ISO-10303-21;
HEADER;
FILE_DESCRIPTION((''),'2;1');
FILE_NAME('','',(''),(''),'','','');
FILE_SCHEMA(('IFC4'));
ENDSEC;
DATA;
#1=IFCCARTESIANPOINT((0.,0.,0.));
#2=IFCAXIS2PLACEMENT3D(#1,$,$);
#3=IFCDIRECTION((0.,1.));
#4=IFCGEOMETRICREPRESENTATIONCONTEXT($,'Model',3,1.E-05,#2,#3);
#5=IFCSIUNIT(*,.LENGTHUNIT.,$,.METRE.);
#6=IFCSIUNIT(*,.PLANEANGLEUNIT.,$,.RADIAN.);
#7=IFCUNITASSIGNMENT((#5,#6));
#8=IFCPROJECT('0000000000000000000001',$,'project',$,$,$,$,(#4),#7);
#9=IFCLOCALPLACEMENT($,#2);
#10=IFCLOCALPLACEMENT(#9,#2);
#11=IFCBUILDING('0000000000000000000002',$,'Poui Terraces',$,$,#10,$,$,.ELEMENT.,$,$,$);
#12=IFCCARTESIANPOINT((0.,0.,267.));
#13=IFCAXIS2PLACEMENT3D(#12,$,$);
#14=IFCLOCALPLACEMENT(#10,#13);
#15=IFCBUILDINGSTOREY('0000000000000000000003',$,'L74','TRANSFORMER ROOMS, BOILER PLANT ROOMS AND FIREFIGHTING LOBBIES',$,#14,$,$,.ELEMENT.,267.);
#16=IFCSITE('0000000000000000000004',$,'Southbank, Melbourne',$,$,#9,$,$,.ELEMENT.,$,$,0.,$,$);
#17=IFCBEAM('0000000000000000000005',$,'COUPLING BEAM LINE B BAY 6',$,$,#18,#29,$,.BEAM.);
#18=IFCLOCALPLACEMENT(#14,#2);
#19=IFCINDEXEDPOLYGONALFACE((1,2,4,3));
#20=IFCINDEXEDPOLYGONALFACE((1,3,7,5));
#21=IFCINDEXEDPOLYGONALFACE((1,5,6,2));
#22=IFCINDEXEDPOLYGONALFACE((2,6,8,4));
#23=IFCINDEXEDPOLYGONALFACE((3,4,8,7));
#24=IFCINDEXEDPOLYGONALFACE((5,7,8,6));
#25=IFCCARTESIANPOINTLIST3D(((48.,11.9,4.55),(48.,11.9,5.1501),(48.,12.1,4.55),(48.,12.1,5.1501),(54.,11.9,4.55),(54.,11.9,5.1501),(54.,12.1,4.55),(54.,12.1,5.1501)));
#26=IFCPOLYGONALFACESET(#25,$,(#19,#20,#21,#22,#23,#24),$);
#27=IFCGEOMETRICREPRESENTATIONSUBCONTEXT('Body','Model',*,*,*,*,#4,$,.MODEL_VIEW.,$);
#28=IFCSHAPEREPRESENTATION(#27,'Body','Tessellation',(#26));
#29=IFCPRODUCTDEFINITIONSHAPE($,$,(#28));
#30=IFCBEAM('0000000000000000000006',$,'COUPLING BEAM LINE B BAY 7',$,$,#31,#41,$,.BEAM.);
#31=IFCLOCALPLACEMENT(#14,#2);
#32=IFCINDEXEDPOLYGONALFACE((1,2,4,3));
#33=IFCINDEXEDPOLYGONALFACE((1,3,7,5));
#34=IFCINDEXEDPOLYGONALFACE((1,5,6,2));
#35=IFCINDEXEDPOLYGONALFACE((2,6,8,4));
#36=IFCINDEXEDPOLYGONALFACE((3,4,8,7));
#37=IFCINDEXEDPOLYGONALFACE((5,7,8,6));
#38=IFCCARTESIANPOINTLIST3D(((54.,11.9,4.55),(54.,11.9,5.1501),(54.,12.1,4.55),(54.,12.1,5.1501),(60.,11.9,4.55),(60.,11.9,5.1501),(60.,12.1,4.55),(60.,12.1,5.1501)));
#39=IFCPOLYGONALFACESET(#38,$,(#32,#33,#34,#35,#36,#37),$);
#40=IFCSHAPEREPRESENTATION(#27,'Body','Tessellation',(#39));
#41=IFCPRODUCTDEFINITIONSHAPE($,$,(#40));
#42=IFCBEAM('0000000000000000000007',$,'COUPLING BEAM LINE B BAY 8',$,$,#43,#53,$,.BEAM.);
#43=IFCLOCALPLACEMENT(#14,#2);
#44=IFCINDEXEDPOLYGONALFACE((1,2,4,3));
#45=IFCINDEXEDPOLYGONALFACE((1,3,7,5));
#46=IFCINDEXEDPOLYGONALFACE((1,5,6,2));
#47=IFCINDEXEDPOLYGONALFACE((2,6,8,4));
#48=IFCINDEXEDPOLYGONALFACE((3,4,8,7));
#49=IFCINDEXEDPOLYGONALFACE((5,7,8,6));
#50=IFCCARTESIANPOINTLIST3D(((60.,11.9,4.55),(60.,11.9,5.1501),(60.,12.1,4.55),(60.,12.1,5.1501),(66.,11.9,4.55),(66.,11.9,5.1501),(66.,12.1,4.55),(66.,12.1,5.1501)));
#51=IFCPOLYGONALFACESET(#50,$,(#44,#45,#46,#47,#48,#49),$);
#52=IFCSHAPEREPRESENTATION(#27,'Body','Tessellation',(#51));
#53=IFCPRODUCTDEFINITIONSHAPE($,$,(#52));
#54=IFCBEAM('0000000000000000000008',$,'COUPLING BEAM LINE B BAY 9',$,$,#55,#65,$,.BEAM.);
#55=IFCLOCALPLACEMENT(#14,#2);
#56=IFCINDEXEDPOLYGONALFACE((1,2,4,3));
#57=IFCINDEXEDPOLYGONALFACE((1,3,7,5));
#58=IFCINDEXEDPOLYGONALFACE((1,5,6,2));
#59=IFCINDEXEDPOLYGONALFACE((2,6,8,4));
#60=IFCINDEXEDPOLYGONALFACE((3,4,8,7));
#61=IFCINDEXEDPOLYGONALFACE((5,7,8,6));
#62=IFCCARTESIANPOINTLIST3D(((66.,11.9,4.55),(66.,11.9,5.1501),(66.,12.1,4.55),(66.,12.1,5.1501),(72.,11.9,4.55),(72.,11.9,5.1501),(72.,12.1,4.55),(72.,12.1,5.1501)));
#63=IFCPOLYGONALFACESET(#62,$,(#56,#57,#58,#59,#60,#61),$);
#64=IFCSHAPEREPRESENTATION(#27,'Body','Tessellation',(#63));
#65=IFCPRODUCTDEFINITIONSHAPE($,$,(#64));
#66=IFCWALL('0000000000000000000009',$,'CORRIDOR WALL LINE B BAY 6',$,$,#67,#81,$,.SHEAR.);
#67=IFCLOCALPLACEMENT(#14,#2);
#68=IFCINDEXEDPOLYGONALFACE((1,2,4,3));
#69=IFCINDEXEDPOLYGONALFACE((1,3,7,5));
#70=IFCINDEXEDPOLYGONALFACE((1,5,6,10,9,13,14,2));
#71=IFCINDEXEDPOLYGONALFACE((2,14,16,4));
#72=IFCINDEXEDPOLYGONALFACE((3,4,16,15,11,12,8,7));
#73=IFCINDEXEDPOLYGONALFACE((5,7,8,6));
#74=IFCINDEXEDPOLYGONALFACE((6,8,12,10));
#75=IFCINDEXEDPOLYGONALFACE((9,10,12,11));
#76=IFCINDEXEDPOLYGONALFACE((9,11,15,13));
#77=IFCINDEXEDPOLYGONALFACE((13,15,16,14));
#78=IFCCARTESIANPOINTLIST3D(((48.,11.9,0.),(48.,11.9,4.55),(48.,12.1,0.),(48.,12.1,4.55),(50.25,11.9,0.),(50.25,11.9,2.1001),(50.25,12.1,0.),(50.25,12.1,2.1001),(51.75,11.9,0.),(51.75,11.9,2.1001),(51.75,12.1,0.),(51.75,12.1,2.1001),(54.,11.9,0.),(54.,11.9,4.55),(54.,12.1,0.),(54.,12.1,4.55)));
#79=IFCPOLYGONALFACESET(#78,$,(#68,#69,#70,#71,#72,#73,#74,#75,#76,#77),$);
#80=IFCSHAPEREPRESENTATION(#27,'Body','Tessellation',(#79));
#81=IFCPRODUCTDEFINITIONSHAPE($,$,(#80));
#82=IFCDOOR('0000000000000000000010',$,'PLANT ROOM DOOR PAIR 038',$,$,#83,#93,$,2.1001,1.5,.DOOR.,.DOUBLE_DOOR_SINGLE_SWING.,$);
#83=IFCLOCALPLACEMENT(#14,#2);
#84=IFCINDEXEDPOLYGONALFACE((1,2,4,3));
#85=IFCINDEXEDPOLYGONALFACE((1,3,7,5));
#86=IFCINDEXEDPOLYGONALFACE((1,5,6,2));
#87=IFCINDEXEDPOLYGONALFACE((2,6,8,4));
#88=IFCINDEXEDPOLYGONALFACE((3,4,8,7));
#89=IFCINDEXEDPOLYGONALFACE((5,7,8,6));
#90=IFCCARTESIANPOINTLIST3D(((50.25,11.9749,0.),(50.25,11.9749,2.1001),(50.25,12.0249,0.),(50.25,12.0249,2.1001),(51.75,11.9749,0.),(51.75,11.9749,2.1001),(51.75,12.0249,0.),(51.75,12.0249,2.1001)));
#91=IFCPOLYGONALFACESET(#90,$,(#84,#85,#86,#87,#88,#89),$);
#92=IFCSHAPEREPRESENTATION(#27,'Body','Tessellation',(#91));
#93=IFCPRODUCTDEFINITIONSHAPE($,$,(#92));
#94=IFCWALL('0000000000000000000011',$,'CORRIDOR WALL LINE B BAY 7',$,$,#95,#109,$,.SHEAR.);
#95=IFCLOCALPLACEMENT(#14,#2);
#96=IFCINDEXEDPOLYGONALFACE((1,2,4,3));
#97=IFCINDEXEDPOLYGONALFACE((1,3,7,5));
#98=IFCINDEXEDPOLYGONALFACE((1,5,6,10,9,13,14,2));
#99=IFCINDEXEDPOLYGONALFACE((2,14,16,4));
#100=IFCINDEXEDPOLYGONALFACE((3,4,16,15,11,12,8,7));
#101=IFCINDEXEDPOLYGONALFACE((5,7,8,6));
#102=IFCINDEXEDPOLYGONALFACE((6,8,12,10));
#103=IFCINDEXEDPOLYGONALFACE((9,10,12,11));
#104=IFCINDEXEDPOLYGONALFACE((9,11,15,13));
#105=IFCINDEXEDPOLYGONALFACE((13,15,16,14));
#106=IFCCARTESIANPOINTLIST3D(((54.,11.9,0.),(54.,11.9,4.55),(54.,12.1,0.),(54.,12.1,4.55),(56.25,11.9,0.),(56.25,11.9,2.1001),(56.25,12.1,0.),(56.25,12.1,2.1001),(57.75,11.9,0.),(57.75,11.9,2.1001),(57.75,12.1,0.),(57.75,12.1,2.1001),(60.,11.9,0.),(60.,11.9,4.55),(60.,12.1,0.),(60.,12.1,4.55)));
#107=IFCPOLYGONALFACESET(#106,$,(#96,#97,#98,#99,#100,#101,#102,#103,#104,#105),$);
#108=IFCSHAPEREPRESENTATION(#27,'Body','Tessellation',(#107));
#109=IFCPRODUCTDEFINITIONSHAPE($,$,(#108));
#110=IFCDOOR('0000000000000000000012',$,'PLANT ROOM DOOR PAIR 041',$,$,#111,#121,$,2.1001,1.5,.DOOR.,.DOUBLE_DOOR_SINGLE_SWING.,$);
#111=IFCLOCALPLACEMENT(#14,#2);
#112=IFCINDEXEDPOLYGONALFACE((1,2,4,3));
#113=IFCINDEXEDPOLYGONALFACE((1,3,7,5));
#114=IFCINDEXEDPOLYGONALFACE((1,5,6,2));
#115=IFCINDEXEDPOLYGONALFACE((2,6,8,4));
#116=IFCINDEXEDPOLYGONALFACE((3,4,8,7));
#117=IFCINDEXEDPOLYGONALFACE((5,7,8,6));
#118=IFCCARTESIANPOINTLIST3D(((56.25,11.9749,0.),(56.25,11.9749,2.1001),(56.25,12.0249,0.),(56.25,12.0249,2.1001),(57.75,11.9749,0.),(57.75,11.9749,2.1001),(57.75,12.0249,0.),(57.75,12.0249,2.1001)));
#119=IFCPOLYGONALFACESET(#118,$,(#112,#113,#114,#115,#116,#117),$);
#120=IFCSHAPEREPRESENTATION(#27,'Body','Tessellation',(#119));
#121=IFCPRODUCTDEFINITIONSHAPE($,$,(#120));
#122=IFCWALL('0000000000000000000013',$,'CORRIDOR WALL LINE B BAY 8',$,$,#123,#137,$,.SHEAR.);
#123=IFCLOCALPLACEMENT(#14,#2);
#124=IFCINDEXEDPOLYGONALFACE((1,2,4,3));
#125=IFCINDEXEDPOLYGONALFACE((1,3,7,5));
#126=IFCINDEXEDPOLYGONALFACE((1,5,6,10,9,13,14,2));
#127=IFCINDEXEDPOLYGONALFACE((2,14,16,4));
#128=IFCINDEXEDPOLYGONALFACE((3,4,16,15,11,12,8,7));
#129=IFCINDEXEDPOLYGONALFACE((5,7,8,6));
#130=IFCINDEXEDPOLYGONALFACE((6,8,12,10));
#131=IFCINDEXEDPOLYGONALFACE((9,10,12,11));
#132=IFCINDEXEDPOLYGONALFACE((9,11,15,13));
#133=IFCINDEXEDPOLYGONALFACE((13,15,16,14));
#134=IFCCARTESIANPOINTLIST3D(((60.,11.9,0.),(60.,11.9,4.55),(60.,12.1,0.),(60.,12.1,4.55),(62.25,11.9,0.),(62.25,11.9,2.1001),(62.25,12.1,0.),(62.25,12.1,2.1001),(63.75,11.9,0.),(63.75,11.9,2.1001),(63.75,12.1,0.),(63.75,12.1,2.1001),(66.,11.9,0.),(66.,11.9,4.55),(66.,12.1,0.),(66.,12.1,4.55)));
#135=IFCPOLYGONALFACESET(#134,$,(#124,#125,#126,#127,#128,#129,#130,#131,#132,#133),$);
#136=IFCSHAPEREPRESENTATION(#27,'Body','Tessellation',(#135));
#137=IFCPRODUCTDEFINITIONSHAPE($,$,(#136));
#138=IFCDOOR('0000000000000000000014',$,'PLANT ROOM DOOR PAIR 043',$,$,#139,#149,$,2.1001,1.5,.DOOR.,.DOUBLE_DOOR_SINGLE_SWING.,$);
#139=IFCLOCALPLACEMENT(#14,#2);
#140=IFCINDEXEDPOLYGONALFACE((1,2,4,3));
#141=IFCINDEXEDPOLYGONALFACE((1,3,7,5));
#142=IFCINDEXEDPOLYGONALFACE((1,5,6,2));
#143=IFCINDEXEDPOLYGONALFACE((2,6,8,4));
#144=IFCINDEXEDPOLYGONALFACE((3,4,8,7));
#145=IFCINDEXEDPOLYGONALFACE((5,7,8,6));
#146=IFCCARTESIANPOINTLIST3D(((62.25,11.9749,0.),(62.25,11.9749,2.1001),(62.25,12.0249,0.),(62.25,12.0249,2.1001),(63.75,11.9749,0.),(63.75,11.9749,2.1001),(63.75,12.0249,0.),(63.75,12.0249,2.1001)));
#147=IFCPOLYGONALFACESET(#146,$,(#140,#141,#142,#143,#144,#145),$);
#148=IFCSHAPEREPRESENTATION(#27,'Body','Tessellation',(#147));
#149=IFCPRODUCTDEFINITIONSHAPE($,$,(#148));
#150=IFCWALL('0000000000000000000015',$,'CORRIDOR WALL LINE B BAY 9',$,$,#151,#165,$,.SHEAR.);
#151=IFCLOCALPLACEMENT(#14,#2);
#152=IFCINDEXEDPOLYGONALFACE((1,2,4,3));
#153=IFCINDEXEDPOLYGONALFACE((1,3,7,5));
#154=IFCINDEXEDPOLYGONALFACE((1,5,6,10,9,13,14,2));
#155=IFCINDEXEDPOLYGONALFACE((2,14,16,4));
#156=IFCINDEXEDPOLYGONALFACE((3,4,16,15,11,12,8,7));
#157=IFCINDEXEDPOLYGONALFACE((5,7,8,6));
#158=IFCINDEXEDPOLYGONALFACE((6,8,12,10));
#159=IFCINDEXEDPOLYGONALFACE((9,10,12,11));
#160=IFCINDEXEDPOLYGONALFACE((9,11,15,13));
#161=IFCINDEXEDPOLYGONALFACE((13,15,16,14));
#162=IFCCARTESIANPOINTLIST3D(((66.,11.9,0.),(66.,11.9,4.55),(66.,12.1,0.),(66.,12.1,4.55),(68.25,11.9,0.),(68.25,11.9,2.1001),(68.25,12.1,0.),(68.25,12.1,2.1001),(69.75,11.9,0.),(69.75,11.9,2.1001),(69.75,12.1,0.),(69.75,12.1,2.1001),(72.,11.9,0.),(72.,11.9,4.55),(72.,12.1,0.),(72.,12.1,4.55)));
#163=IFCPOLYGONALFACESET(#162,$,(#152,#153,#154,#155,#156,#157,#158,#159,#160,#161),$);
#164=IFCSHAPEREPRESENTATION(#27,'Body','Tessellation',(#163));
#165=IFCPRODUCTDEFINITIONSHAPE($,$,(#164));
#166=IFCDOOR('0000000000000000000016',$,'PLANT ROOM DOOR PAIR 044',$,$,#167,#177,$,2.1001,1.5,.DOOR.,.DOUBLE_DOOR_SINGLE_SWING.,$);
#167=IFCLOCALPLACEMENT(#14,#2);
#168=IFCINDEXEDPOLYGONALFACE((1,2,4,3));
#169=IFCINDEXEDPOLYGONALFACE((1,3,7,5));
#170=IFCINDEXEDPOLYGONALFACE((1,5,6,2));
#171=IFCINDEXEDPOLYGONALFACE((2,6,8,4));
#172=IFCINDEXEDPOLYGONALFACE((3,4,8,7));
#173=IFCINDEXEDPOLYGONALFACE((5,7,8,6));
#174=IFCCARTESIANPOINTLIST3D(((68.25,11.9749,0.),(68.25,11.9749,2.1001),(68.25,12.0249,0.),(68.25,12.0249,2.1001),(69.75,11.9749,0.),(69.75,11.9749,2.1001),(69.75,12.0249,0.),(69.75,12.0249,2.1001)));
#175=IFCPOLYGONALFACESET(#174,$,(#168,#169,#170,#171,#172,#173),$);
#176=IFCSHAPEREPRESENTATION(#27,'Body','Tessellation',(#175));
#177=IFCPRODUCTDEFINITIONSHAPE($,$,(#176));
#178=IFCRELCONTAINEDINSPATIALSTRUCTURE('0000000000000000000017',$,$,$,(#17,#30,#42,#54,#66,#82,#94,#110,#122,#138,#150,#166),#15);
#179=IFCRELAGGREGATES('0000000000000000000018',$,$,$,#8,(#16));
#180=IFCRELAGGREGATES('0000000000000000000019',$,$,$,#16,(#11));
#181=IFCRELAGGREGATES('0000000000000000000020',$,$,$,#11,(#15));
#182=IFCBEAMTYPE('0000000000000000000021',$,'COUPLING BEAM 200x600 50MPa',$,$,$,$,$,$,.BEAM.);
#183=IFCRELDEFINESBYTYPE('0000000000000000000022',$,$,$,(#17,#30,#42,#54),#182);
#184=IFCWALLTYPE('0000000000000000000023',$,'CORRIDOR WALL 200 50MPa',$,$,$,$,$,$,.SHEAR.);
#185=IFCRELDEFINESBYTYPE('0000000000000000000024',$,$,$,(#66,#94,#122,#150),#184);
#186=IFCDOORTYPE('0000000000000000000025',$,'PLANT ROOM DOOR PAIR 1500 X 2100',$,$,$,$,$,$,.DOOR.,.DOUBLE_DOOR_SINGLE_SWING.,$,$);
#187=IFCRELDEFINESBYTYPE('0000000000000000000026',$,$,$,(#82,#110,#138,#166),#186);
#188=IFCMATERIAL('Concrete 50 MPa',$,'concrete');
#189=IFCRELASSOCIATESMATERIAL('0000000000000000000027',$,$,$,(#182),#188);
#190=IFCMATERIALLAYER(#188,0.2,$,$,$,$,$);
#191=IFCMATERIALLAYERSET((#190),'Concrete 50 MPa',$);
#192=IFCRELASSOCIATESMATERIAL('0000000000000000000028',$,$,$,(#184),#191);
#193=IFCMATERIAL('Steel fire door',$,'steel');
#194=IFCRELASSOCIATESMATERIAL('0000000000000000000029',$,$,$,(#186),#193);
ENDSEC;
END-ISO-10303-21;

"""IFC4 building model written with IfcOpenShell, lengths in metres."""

from ifc_helpers import new_model, si_unit, direction, frame, frame_2d, origin, origin_2d, place, context, subcontext, project, spatial, rectangle, extrude, source, transform, mapped, material, layer, layer_set, material_profile, profile_set, type_object, element, fill, save


model = new_model("IFC4")

# Units and contexts
model_context = context("Model", 3, precision=1e-05, world=origin(), true_north=direction((0.0, 1.0)))
body_context = subcontext(model_context, "Body", "Model", "MODEL_VIEW")
ifc_project = project(units=[si_unit("LENGTHUNIT", "METRE"), si_unit("PLANEANGLEUNIT", "RADIAN")], contexts=[model_context])

# Site, building, storey
site_placement = place(None, origin())
site = spatial("IfcSite", under=ifc_project, at=site_placement, Name="Southbank, Melbourne", CompositionType="ELEMENT", RefElevation=0.0)
building_placement = place(site_placement, origin())
building = spatial("IfcBuilding", under=site, at=building_placement, Name="Poui Terraces", CompositionType="ELEMENT")
storey_placement = place(building_placement, frame((0.0, 0.0, 267.0)))
storey = spatial("IfcBuildingStorey", under=building, at=storey_placement, Name="L74", Description="TRANSFORMER ROOMS, BOILER PLANT ROOMS AND FIREFIGHTING LOBBIES", CompositionType="ELEMENT", Elevation=267.0)

# Beams
ifc_material_1 = material(Name="Concrete 50 MPa", Category="concrete")
ifc_material_profile = material_profile(ifc_material_1, rectangle(XDim=0.2, YDim=0.6001, at=origin_2d()), Name="RC 200x600")
ifc_profile_set = profile_set([ifc_material_profile], Name="Concrete 50 MPa")
beam_type = type_object("IfcBeamType", Name="COUPLING BEAM 200x600 50MPa", PredefinedType="BEAM", material=ifc_profile_set)
shared_shape = source(origin(), body_context, "Body", "SweptSolid", [
    extrude(rectangle(XDim=0.2, YDim=0.6001, at=origin_2d()), origin(), (0.0, 0.0, 1.0), 6.0),
])
for number, where, z_axis, x_axis, name in (
    (1, (48.0, 12.0, 4.8501), (1.0, 0.0, 0.0), (0.0, 1.0, 0.0), "COUPLING BEAM LINE B BAY 6"),
    (2, (54.0, 12.0, 4.8501), (1.0, 0.0, 0.0), (0.0, 1.0, 0.0), "COUPLING BEAM LINE B BAY 7"),
    (3, (60.0, 12.0, 4.8501), (1.0, 0.0, 0.0), (0.0, 1.0, 0.0), "COUPLING BEAM LINE B BAY 8"),
    (4, (66.0, 12.0, 4.8501), (1.0, 0.0, 0.0), (0.0, 1.0, 0.0), "COUPLING BEAM LINE B BAY 9"),
):
    element("IfcBeam", number, at=place(storey_placement, frame(where, z_axis=z_axis, x_axis=x_axis)), inside=storey, type_object=beam_type, Name=name, PredefinedType="BEAM", context=body_context, shape_type="MappedRepresentation", body=[
        mapped(shared_shape, transform((0.0, 0.0, 0.0))),
    ])

# Walls, openings, doors
ifc_layer_1 = layer(ifc_material_1, 0.2)
ifc_layer_set_1 = layer_set([ifc_layer_1], Name="Concrete 50 MPa")
wall_type_1 = type_object("IfcWallType", Name="CORRIDOR WALL 200 50MPa", PredefinedType="SHEAR", material=ifc_layer_set_1)
wall_1_placement = place(storey_placement, frame((48.0, 12.0, 0.0), z_axis=(0.0, 0.0, 1.0), x_axis=(1.0, 0.0, 0.0)))
wall_1 = element("IfcWall", 5, at=wall_1_placement, inside=storey, type_object=wall_type_1, Name="CORRIDOR WALL LINE B BAY 6", PredefinedType="SHEAR", context=body_context, shape_type="SweptSolid", body=[
    extrude(rectangle(XDim=6.0, YDim=0.2, at=frame_2d((3.0, 0.0))), origin(), (0.0, 0.0, 1.0), 4.55),
])
opening_1_placement = place(wall_1_placement, frame((2.25, 0.0, 0.0)))
opening_1 = element("IfcOpeningElement", 6, at=opening_1_placement, cuts=wall_1, PredefinedType="OPENING", context=body_context, shape_type="SweptSolid", body=[
    extrude(rectangle(XDim=1.5, YDim=2.1001, at=frame_2d((0.75, 1.05))), frame((0.0, 0.1099, 0.0), z_axis=(0.0, -1.0, 0.0), x_axis=(1.0, 0.0, 0.0)), (0.0, 0.0, 1.0), 0.22),
])
ifc_material_2 = material(Name="Steel fire door", Category="steel")
door_type_1 = type_object("IfcDoorType", Name="PLANT ROOM DOOR PAIR 1500 X 2100", OperationType="DOUBLE_DOOR_SINGLE_SWING", PredefinedType="DOOR", material=ifc_material_2)
door_1_placement = place(opening_1_placement, origin())
door_1 = element("IfcDoor", 7, at=door_1_placement, inside=storey, type_object=door_type_1, Name="PLANT ROOM DOOR PAIR 038", OperationType="DOUBLE_DOOR_SINGLE_SWING", OverallHeight=2.1001, OverallWidth=1.5, PredefinedType="DOOR", context=body_context, shape_type="SweptSolid", body=[
    extrude(rectangle(XDim=1.5, YDim=2.1001, at=frame_2d((0.75, 1.05))), frame((0.0, 0.0249, 0.0), z_axis=(0.0, -1.0, 0.0), x_axis=(1.0, 0.0, 0.0)), (0.0, 0.0, 1.0), 0.05),
])
fill(opening_1, door_1)
wall_2_placement = place(storey_placement, frame((54.0, 12.0, 0.0), z_axis=(0.0, 0.0, 1.0), x_axis=(1.0, 0.0, 0.0)))
wall_2 = element("IfcWall", 8, at=wall_2_placement, inside=storey, type_object=wall_type_1, Name="CORRIDOR WALL LINE B BAY 7", PredefinedType="SHEAR", context=body_context, shape_type="SweptSolid", body=[
    extrude(rectangle(XDim=6.0, YDim=0.2, at=frame_2d((3.0, 0.0))), origin(), (0.0, 0.0, 1.0), 4.55),
])
opening_2_placement = place(wall_2_placement, frame((2.25, 0.0, 0.0)))
opening_2 = element("IfcOpeningElement", 9, at=opening_2_placement, cuts=wall_2, PredefinedType="OPENING", context=body_context, shape_type="SweptSolid", body=[
    extrude(rectangle(XDim=1.5, YDim=2.1001, at=frame_2d((0.75, 1.05))), frame((0.0, 0.1099, 0.0), z_axis=(0.0, -1.0, 0.0), x_axis=(1.0, 0.0, 0.0)), (0.0, 0.0, 1.0), 0.22),
])
door_2_placement = place(opening_2_placement, origin())
door_2 = element("IfcDoor", 10, at=door_2_placement, inside=storey, type_object=door_type_1, Name="PLANT ROOM DOOR PAIR 041", OperationType="DOUBLE_DOOR_SINGLE_SWING", OverallHeight=2.1001, OverallWidth=1.5, PredefinedType="DOOR", context=body_context, shape_type="SweptSolid", body=[
    extrude(rectangle(XDim=1.5, YDim=2.1001, at=frame_2d((0.75, 1.05))), frame((0.0, 0.0249, 0.0), z_axis=(0.0, -1.0, 0.0), x_axis=(1.0, 0.0, 0.0)), (0.0, 0.0, 1.0), 0.05),
])
fill(opening_2, door_2)
wall_3_placement = place(storey_placement, frame((60.0, 12.0, 0.0), z_axis=(0.0, 0.0, 1.0), x_axis=(1.0, 0.0, 0.0)))
wall_3 = element("IfcWall", 11, at=wall_3_placement, inside=storey, type_object=wall_type_1, Name="CORRIDOR WALL LINE B BAY 8", PredefinedType="SHEAR", context=body_context, shape_type="SweptSolid", body=[
    extrude(rectangle(XDim=6.0, YDim=0.2, at=frame_2d((3.0, 0.0))), origin(), (0.0, 0.0, 1.0), 4.55),
])
opening_3_placement = place(wall_3_placement, frame((2.25, 0.0, 0.0)))
opening_3 = element("IfcOpeningElement", 12, at=opening_3_placement, cuts=wall_3, PredefinedType="OPENING", context=body_context, shape_type="SweptSolid", body=[
    extrude(rectangle(XDim=1.5, YDim=2.1001, at=frame_2d((0.75, 1.05))), frame((0.0, 0.1099, 0.0), z_axis=(0.0, -1.0, 0.0), x_axis=(1.0, 0.0, 0.0)), (0.0, 0.0, 1.0), 0.22),
])
door_3_placement = place(opening_3_placement, origin())
door_3 = element("IfcDoor", 13, at=door_3_placement, inside=storey, type_object=door_type_1, Name="PLANT ROOM DOOR PAIR 043", OperationType="DOUBLE_DOOR_SINGLE_SWING", OverallHeight=2.1001, OverallWidth=1.5, PredefinedType="DOOR", context=body_context, shape_type="SweptSolid", body=[
    extrude(rectangle(XDim=1.5, YDim=2.1001, at=frame_2d((0.75, 1.05))), frame((0.0, 0.0249, 0.0), z_axis=(0.0, -1.0, 0.0), x_axis=(1.0, 0.0, 0.0)), (0.0, 0.0, 1.0), 0.05),
])
fill(opening_3, door_3)
wall_4_placement = place(storey_placement, frame((66.0, 12.0, 0.0), z_axis=(0.0, 0.0, 1.0), x_axis=(1.0, 0.0, 0.0)))
wall_4 = element("IfcWall", 14, at=wall_4_placement, inside=storey, type_object=wall_type_1, Name="CORRIDOR WALL LINE B BAY 9", PredefinedType="SHEAR", context=body_context, shape_type="SweptSolid", body=[
    extrude(rectangle(XDim=6.0, YDim=0.2, at=frame_2d((3.0, 0.0))), origin(), (0.0, 0.0, 1.0), 4.55),
])
opening_4_placement = place(wall_4_placement, frame((2.25, 0.0, 0.0)))
opening_4 = element("IfcOpeningElement", 15, at=opening_4_placement, cuts=wall_4, PredefinedType="OPENING", context=body_context, shape_type="SweptSolid", body=[
    extrude(rectangle(XDim=1.5, YDim=2.1001, at=frame_2d((0.75, 1.05))), frame((0.0, 0.1099, 0.0), z_axis=(0.0, -1.0, 0.0), x_axis=(1.0, 0.0, 0.0)), (0.0, 0.0, 1.0), 0.22),
])
door_4_placement = place(opening_4_placement, origin())
door_4 = element("IfcDoor", 16, at=door_4_placement, inside=storey, type_object=door_type_1, Name="PLANT ROOM DOOR PAIR 044", OperationType="DOUBLE_DOOR_SINGLE_SWING", OverallHeight=2.1001, OverallWidth=1.5, PredefinedType="DOOR", context=body_context, shape_type="SweptSolid", body=[
    extrude(rectangle(XDim=1.5, YDim=2.1001, at=frame_2d((0.75, 1.05))), frame((0.0, 0.0249, 0.0), z_axis=(0.0, -1.0, 0.0), x_axis=(1.0, 0.0, 0.0)), (0.0, 0.0, 1.0), 0.05),
])
fill(opening_4, door_4)

save(model, "model.ifc")
